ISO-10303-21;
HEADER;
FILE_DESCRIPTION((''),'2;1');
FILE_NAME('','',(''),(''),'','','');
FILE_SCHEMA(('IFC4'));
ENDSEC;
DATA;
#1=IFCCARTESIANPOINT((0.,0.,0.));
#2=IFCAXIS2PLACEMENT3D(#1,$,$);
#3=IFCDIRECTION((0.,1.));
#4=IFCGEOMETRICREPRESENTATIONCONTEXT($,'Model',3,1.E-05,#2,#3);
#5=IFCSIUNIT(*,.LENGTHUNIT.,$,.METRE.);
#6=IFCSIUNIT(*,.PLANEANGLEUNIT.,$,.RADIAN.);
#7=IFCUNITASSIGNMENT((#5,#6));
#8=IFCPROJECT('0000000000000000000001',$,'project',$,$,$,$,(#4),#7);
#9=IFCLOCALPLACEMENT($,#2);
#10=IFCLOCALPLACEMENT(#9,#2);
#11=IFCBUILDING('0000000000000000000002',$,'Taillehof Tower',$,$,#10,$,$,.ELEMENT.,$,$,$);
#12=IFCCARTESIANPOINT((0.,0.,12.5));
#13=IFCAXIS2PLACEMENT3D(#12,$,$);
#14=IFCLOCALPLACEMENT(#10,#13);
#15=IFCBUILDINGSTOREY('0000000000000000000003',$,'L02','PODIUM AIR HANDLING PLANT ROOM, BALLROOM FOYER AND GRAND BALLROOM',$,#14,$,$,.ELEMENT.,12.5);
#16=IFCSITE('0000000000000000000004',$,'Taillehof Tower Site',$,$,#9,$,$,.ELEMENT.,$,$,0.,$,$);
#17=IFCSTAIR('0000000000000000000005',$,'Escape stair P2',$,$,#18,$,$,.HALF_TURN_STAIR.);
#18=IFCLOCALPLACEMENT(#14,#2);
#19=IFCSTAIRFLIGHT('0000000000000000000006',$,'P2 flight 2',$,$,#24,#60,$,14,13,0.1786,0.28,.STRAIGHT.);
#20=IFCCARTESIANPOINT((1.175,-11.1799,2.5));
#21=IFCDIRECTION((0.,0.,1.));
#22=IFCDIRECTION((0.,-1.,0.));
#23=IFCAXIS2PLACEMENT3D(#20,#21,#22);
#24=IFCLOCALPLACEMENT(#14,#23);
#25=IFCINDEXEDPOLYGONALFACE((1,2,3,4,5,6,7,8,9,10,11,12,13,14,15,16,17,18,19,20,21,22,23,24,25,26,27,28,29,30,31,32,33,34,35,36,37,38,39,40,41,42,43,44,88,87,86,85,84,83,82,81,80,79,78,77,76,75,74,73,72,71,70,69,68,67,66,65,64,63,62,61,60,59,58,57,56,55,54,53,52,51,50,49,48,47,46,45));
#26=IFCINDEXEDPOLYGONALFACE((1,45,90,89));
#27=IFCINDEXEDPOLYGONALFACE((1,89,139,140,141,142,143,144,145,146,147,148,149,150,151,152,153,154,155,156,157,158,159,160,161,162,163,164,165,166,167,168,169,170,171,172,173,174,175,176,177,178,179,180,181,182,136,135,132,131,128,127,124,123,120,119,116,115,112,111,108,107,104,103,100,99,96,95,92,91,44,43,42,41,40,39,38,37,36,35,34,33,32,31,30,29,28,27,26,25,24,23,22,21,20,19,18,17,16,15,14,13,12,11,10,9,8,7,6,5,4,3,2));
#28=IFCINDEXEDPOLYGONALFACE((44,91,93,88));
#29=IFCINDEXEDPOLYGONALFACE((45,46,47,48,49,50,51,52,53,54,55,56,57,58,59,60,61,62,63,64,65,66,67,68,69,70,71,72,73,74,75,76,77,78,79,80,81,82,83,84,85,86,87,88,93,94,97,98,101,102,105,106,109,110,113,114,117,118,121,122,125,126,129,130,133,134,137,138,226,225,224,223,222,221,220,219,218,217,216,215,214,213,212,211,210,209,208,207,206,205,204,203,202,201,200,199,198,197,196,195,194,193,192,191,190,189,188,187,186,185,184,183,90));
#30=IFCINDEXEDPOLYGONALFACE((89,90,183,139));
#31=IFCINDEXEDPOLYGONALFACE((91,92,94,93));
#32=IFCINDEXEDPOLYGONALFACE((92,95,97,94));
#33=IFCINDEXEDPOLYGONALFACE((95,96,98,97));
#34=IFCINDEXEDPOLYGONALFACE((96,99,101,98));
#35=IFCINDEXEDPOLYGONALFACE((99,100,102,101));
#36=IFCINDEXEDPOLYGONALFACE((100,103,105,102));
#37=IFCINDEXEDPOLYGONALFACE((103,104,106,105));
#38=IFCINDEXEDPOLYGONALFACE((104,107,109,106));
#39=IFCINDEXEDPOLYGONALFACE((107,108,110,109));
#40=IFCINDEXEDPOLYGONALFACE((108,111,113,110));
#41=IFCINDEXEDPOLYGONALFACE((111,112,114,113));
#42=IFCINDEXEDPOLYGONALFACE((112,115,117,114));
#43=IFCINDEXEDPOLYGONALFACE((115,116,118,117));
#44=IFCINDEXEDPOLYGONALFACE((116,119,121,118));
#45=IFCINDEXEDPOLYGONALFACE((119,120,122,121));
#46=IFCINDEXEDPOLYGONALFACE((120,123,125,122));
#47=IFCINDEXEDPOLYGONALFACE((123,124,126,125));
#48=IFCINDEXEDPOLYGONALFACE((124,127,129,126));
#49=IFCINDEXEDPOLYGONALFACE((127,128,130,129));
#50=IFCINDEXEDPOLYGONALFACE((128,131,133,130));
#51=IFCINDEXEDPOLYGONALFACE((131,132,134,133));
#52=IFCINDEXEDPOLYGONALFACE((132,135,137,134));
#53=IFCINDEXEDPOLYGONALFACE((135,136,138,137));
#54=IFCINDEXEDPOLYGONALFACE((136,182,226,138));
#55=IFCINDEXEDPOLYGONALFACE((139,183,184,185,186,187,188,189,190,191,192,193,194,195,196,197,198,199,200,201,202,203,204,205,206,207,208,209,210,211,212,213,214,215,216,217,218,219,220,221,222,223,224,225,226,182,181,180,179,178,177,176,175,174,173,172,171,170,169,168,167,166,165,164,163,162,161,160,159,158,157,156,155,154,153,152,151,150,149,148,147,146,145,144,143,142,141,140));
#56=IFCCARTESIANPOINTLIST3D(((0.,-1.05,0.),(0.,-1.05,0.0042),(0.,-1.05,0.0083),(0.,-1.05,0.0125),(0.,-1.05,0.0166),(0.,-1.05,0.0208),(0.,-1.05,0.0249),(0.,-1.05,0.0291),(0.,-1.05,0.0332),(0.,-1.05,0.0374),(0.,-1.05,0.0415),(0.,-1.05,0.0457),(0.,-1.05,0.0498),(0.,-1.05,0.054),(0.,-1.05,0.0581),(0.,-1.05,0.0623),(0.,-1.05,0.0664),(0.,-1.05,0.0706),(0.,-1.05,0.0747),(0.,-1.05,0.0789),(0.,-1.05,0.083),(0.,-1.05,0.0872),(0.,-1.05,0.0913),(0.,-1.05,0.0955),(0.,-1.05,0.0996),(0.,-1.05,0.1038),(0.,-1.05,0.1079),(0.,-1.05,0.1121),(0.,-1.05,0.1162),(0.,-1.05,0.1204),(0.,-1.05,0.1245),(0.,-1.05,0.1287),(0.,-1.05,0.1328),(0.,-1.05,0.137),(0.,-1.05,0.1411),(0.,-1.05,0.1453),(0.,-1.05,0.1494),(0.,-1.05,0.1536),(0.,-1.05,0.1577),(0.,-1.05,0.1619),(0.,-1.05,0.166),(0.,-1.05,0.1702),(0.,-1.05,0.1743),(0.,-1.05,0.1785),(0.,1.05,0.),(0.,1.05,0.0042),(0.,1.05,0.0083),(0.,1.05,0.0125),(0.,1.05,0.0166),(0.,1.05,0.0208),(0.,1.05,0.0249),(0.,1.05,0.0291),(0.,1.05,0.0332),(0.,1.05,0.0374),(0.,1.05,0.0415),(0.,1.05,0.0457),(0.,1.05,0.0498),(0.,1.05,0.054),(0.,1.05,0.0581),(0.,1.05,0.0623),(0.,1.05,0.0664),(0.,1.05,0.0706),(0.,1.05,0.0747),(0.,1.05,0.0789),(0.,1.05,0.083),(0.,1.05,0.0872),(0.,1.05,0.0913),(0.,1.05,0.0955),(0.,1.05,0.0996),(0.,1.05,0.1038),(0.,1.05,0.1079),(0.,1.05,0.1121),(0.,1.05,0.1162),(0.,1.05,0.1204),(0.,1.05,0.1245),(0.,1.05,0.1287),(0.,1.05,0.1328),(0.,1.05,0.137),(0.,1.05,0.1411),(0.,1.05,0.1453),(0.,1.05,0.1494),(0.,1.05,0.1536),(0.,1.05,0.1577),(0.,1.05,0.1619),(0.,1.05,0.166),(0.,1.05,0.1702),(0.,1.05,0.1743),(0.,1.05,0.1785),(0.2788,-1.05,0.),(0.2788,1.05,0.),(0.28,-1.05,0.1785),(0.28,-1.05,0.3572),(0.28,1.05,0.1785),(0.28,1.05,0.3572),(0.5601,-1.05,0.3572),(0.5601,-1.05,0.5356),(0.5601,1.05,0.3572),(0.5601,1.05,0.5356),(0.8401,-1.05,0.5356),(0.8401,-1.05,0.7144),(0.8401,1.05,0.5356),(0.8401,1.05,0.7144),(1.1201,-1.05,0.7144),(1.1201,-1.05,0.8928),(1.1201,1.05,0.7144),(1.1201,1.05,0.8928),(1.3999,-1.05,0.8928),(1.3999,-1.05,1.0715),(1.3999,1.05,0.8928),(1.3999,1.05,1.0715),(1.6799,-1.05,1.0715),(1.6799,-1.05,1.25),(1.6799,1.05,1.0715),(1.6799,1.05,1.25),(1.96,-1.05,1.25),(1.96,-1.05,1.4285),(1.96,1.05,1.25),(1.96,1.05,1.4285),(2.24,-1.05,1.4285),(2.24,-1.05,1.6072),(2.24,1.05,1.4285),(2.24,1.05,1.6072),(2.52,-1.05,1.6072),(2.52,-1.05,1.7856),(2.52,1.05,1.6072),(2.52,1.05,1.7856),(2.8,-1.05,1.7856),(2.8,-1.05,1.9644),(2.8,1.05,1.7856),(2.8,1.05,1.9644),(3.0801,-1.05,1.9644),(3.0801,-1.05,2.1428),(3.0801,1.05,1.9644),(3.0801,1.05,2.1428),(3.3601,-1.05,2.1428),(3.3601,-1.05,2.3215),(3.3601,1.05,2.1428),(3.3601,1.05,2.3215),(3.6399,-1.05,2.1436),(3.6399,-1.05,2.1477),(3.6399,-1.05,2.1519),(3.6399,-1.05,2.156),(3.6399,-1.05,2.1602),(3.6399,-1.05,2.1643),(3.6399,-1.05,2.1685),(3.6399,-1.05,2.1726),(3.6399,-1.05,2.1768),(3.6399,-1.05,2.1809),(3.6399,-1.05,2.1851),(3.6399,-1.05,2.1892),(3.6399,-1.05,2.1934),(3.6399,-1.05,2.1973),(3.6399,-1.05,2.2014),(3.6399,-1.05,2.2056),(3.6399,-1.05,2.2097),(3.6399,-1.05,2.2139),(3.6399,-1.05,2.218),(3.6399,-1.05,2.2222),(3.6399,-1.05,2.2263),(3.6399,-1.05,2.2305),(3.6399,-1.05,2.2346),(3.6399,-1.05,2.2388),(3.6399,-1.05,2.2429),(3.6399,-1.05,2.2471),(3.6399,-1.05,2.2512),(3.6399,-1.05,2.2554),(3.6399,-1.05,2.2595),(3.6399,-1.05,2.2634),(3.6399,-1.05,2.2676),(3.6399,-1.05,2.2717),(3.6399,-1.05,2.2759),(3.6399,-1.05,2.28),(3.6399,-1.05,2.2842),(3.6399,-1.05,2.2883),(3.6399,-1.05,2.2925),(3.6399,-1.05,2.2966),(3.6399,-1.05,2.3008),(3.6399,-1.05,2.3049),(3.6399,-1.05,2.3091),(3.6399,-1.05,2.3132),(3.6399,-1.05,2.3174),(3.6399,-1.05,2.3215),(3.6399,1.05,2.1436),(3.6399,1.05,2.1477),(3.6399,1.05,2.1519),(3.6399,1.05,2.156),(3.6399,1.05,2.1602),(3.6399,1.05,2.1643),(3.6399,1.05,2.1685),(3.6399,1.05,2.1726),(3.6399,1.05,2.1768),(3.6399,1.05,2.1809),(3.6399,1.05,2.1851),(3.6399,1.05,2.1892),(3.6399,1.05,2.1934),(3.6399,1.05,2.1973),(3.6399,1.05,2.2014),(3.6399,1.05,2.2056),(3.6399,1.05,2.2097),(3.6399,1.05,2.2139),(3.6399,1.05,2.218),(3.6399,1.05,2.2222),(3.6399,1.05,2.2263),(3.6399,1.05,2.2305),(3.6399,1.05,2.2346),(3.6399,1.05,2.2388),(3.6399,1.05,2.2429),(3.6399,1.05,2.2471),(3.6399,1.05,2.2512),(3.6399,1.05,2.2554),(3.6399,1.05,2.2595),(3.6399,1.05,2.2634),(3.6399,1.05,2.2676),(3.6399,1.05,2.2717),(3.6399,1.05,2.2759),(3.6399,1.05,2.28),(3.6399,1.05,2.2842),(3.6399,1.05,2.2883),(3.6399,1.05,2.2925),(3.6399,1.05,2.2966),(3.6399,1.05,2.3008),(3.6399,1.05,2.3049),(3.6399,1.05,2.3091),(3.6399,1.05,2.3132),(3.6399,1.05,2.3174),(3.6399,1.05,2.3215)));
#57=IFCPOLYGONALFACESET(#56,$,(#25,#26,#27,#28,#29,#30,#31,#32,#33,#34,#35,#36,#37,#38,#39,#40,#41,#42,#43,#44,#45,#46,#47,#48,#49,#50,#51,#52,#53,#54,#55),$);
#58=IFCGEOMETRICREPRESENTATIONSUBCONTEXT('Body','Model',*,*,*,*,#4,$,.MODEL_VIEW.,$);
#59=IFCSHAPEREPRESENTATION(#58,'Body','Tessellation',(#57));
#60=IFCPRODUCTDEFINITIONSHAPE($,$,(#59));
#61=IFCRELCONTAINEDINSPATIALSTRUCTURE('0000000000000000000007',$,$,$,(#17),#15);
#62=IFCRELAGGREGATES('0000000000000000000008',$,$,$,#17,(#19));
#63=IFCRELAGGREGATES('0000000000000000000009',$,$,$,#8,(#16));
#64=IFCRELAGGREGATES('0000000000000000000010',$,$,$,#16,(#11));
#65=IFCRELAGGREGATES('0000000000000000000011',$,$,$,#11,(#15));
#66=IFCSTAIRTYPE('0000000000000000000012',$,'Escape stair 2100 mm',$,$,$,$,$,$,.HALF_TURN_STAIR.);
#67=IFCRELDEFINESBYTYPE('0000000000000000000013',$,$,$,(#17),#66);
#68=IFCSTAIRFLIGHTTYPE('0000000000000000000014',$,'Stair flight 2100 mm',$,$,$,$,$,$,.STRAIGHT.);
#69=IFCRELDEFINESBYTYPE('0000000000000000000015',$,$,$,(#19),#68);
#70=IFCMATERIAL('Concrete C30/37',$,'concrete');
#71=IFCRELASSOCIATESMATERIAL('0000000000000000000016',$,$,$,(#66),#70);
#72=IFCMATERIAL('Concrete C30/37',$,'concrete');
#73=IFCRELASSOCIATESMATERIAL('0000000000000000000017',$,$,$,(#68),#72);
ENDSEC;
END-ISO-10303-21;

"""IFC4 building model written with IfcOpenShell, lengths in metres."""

from ifc_helpers import new_model, si_unit, direction, frame, origin, place, context, subcontext, project, spatial, polyline, outline, extrude, material, type_object, element, aggregate, save


model = new_model("IFC4")

# Units and contexts
model_context = context("Model", 3, precision=1e-05, world=origin(), true_north=direction((0.0, 1.0)))
body_context = subcontext(model_context, "Body", "Model", "MODEL_VIEW")
ifc_project = project(units=[si_unit("LENGTHUNIT", "METRE"), si_unit("PLANEANGLEUNIT", "RADIAN")], contexts=[model_context])

# Site, building, storey
site_placement = place(None, origin())
site = spatial("IfcSite", under=ifc_project, at=site_placement, Name="Taillehof Tower Site", CompositionType="ELEMENT", RefElevation=0.0)
building_placement = place(site_placement, origin())
building = spatial("IfcBuilding", under=site, at=building_placement, Name="Taillehof Tower", CompositionType="ELEMENT")
storey_placement = place(building_placement, frame((0.0, 0.0, 12.5)))
storey = spatial("IfcBuildingStorey", under=building, at=storey_placement, Name="L02", Description="PODIUM AIR HANDLING PLANT ROOM, BALLROOM FOYER AND GRAND BALLROOM", CompositionType="ELEMENT", Elevation=12.5)

# Stair, stair flight
ifc_material_1 = material(Name="Concrete C30/37", Category="concrete")
stair_type = type_object("IfcStairType", Name="Escape stair 2100 mm", PredefinedType="HALF_TURN_STAIR", material=ifc_material_1)
stair_placement = place(storey_placement, origin())
stair = element("IfcStair", 1, at=stair_placement, inside=storey, type_object=stair_type, Name="Escape stair P2", PredefinedType="HALF_TURN_STAIR")
ifc_material_2 = material(Name="Concrete C30/37", Category="concrete")
stair_flight_type = type_object("IfcStairFlightType", Name="Stair flight 2100 mm", PredefinedType="STRAIGHT", material=ifc_material_2)
stair_flight_placement = place(storey_placement, frame((1.175, -11.1799, 2.5), z_axis=(0.0, 0.0, 1.0), x_axis=(0.0, -1.0, 0.0)))
stair_flight = element("IfcStairFlight", 2, at=stair_flight_placement, type_object=stair_flight_type, Name="P2 flight 2", NumberOfRisers=14, NumberOfTreads=13, PredefinedType="STRAIGHT", RiserHeight=0.1786, TreadLength=0.28, context=body_context, shape_type="SweptSolid", body=[
    extrude(outline(polyline([(0.0, 0.0), (0.0, 0.0042), (0.0, 0.0083), (0.0, 0.0125), (0.0, 0.0166), (0.0, 0.0208), (0.0, 0.0249), (0.0, 0.0291), (0.0, 0.0332), (0.0, 0.0374), (0.0, 0.0415), (0.0, 0.0457), (0.0, 0.0498), (0.0, 0.054), (0.0, 0.0581), (0.0, 0.0623), (0.0, 0.0664), (0.0, 0.0706), (0.0, 0.0747), (0.0, 0.0789), (0.0, 0.083), (0.0, 0.0872), (0.0, 0.0913), (0.0, 0.0955), (0.0, 0.0996), (0.0, 0.1038), (0.0, 0.1079), (0.0, 0.1121), (0.0, 0.1162), (0.0, 0.1204), (0.0, 0.1245), (0.0, 0.1287), (0.0, 0.1328), (0.0, 0.137), (0.0, 0.1411), (0.0, 0.1453), (0.0, 0.1494), (0.0, 0.1536), (0.0, 0.1577), (0.0, 0.1619), (0.0, 0.166), (0.0, 0.1702), (0.0, 0.1743), (0.0, 0.1785), (0.28, 0.1785), (0.28, 0.3572), (0.5601, 0.3572), (0.5601, 0.5356), (0.8401, 0.5356), (0.8401, 0.7144), (1.1201, 0.7144), (1.1201, 0.8928), (1.3999, 0.8928), (1.3999, 1.0715), (1.6799, 1.0715), (1.6799, 1.25), (1.96, 1.25), (1.96, 1.4285), (2.24, 1.4285), (2.24, 1.6072), (2.52, 1.6072), (2.52, 1.7856), (2.8, 1.7856), (2.8, 1.9644), (3.0801, 1.9644), (3.0801, 2.1428), (3.3601, 2.1428), (3.3601, 2.3215), (3.6399, 2.3215), (3.6399, 2.3174), (3.6399, 2.3132), (3.6399, 2.3091), (3.6399, 2.3049), (3.6399, 2.3008), (3.6399, 2.2966), (3.6399, 2.2925), (3.6399, 2.2883), (3.6399, 2.2842), (3.6399, 2.28), (3.6399, 2.2759), (3.6399, 2.2717), (3.6399, 2.2676), (3.6399, 2.2634), (3.6399, 2.2595), (3.6399, 2.2554), (3.6399, 2.2512), (3.6399, 2.2471), (3.6399, 2.2429), (3.6399, 2.2388), (3.6399, 2.2346), (3.6399, 2.2305), (3.6399, 2.2263), (3.6399, 2.2222), (3.6399, 2.218), (3.6399, 2.2139), (3.6399, 2.2097), (3.6399, 2.2056), (3.6399, 2.2014), (3.6399, 2.1973), (3.6399, 2.1934), (3.6399, 2.1892), (3.6399, 2.1851), (3.6399, 2.1809), (3.6399, 2.1768), (3.6399, 2.1726), (3.6399, 2.1685), (3.6399, 2.1643), (3.6399, 2.1602), (3.6399, 2.156), (3.6399, 2.1519), (3.6399, 2.1477), (3.6399, 2.1436), (0.2788, 0.0), (0.0, 0.0)])), frame((0.0, 1.05, 0.0), z_axis=(0.0, -1.0, 0.0), x_axis=(1.0, 0.0, 0.0)), (0.0, 0.0, 1.0), 2.1),
])
aggregate(stair, [stair_flight])

save(model, "model.ifc")
